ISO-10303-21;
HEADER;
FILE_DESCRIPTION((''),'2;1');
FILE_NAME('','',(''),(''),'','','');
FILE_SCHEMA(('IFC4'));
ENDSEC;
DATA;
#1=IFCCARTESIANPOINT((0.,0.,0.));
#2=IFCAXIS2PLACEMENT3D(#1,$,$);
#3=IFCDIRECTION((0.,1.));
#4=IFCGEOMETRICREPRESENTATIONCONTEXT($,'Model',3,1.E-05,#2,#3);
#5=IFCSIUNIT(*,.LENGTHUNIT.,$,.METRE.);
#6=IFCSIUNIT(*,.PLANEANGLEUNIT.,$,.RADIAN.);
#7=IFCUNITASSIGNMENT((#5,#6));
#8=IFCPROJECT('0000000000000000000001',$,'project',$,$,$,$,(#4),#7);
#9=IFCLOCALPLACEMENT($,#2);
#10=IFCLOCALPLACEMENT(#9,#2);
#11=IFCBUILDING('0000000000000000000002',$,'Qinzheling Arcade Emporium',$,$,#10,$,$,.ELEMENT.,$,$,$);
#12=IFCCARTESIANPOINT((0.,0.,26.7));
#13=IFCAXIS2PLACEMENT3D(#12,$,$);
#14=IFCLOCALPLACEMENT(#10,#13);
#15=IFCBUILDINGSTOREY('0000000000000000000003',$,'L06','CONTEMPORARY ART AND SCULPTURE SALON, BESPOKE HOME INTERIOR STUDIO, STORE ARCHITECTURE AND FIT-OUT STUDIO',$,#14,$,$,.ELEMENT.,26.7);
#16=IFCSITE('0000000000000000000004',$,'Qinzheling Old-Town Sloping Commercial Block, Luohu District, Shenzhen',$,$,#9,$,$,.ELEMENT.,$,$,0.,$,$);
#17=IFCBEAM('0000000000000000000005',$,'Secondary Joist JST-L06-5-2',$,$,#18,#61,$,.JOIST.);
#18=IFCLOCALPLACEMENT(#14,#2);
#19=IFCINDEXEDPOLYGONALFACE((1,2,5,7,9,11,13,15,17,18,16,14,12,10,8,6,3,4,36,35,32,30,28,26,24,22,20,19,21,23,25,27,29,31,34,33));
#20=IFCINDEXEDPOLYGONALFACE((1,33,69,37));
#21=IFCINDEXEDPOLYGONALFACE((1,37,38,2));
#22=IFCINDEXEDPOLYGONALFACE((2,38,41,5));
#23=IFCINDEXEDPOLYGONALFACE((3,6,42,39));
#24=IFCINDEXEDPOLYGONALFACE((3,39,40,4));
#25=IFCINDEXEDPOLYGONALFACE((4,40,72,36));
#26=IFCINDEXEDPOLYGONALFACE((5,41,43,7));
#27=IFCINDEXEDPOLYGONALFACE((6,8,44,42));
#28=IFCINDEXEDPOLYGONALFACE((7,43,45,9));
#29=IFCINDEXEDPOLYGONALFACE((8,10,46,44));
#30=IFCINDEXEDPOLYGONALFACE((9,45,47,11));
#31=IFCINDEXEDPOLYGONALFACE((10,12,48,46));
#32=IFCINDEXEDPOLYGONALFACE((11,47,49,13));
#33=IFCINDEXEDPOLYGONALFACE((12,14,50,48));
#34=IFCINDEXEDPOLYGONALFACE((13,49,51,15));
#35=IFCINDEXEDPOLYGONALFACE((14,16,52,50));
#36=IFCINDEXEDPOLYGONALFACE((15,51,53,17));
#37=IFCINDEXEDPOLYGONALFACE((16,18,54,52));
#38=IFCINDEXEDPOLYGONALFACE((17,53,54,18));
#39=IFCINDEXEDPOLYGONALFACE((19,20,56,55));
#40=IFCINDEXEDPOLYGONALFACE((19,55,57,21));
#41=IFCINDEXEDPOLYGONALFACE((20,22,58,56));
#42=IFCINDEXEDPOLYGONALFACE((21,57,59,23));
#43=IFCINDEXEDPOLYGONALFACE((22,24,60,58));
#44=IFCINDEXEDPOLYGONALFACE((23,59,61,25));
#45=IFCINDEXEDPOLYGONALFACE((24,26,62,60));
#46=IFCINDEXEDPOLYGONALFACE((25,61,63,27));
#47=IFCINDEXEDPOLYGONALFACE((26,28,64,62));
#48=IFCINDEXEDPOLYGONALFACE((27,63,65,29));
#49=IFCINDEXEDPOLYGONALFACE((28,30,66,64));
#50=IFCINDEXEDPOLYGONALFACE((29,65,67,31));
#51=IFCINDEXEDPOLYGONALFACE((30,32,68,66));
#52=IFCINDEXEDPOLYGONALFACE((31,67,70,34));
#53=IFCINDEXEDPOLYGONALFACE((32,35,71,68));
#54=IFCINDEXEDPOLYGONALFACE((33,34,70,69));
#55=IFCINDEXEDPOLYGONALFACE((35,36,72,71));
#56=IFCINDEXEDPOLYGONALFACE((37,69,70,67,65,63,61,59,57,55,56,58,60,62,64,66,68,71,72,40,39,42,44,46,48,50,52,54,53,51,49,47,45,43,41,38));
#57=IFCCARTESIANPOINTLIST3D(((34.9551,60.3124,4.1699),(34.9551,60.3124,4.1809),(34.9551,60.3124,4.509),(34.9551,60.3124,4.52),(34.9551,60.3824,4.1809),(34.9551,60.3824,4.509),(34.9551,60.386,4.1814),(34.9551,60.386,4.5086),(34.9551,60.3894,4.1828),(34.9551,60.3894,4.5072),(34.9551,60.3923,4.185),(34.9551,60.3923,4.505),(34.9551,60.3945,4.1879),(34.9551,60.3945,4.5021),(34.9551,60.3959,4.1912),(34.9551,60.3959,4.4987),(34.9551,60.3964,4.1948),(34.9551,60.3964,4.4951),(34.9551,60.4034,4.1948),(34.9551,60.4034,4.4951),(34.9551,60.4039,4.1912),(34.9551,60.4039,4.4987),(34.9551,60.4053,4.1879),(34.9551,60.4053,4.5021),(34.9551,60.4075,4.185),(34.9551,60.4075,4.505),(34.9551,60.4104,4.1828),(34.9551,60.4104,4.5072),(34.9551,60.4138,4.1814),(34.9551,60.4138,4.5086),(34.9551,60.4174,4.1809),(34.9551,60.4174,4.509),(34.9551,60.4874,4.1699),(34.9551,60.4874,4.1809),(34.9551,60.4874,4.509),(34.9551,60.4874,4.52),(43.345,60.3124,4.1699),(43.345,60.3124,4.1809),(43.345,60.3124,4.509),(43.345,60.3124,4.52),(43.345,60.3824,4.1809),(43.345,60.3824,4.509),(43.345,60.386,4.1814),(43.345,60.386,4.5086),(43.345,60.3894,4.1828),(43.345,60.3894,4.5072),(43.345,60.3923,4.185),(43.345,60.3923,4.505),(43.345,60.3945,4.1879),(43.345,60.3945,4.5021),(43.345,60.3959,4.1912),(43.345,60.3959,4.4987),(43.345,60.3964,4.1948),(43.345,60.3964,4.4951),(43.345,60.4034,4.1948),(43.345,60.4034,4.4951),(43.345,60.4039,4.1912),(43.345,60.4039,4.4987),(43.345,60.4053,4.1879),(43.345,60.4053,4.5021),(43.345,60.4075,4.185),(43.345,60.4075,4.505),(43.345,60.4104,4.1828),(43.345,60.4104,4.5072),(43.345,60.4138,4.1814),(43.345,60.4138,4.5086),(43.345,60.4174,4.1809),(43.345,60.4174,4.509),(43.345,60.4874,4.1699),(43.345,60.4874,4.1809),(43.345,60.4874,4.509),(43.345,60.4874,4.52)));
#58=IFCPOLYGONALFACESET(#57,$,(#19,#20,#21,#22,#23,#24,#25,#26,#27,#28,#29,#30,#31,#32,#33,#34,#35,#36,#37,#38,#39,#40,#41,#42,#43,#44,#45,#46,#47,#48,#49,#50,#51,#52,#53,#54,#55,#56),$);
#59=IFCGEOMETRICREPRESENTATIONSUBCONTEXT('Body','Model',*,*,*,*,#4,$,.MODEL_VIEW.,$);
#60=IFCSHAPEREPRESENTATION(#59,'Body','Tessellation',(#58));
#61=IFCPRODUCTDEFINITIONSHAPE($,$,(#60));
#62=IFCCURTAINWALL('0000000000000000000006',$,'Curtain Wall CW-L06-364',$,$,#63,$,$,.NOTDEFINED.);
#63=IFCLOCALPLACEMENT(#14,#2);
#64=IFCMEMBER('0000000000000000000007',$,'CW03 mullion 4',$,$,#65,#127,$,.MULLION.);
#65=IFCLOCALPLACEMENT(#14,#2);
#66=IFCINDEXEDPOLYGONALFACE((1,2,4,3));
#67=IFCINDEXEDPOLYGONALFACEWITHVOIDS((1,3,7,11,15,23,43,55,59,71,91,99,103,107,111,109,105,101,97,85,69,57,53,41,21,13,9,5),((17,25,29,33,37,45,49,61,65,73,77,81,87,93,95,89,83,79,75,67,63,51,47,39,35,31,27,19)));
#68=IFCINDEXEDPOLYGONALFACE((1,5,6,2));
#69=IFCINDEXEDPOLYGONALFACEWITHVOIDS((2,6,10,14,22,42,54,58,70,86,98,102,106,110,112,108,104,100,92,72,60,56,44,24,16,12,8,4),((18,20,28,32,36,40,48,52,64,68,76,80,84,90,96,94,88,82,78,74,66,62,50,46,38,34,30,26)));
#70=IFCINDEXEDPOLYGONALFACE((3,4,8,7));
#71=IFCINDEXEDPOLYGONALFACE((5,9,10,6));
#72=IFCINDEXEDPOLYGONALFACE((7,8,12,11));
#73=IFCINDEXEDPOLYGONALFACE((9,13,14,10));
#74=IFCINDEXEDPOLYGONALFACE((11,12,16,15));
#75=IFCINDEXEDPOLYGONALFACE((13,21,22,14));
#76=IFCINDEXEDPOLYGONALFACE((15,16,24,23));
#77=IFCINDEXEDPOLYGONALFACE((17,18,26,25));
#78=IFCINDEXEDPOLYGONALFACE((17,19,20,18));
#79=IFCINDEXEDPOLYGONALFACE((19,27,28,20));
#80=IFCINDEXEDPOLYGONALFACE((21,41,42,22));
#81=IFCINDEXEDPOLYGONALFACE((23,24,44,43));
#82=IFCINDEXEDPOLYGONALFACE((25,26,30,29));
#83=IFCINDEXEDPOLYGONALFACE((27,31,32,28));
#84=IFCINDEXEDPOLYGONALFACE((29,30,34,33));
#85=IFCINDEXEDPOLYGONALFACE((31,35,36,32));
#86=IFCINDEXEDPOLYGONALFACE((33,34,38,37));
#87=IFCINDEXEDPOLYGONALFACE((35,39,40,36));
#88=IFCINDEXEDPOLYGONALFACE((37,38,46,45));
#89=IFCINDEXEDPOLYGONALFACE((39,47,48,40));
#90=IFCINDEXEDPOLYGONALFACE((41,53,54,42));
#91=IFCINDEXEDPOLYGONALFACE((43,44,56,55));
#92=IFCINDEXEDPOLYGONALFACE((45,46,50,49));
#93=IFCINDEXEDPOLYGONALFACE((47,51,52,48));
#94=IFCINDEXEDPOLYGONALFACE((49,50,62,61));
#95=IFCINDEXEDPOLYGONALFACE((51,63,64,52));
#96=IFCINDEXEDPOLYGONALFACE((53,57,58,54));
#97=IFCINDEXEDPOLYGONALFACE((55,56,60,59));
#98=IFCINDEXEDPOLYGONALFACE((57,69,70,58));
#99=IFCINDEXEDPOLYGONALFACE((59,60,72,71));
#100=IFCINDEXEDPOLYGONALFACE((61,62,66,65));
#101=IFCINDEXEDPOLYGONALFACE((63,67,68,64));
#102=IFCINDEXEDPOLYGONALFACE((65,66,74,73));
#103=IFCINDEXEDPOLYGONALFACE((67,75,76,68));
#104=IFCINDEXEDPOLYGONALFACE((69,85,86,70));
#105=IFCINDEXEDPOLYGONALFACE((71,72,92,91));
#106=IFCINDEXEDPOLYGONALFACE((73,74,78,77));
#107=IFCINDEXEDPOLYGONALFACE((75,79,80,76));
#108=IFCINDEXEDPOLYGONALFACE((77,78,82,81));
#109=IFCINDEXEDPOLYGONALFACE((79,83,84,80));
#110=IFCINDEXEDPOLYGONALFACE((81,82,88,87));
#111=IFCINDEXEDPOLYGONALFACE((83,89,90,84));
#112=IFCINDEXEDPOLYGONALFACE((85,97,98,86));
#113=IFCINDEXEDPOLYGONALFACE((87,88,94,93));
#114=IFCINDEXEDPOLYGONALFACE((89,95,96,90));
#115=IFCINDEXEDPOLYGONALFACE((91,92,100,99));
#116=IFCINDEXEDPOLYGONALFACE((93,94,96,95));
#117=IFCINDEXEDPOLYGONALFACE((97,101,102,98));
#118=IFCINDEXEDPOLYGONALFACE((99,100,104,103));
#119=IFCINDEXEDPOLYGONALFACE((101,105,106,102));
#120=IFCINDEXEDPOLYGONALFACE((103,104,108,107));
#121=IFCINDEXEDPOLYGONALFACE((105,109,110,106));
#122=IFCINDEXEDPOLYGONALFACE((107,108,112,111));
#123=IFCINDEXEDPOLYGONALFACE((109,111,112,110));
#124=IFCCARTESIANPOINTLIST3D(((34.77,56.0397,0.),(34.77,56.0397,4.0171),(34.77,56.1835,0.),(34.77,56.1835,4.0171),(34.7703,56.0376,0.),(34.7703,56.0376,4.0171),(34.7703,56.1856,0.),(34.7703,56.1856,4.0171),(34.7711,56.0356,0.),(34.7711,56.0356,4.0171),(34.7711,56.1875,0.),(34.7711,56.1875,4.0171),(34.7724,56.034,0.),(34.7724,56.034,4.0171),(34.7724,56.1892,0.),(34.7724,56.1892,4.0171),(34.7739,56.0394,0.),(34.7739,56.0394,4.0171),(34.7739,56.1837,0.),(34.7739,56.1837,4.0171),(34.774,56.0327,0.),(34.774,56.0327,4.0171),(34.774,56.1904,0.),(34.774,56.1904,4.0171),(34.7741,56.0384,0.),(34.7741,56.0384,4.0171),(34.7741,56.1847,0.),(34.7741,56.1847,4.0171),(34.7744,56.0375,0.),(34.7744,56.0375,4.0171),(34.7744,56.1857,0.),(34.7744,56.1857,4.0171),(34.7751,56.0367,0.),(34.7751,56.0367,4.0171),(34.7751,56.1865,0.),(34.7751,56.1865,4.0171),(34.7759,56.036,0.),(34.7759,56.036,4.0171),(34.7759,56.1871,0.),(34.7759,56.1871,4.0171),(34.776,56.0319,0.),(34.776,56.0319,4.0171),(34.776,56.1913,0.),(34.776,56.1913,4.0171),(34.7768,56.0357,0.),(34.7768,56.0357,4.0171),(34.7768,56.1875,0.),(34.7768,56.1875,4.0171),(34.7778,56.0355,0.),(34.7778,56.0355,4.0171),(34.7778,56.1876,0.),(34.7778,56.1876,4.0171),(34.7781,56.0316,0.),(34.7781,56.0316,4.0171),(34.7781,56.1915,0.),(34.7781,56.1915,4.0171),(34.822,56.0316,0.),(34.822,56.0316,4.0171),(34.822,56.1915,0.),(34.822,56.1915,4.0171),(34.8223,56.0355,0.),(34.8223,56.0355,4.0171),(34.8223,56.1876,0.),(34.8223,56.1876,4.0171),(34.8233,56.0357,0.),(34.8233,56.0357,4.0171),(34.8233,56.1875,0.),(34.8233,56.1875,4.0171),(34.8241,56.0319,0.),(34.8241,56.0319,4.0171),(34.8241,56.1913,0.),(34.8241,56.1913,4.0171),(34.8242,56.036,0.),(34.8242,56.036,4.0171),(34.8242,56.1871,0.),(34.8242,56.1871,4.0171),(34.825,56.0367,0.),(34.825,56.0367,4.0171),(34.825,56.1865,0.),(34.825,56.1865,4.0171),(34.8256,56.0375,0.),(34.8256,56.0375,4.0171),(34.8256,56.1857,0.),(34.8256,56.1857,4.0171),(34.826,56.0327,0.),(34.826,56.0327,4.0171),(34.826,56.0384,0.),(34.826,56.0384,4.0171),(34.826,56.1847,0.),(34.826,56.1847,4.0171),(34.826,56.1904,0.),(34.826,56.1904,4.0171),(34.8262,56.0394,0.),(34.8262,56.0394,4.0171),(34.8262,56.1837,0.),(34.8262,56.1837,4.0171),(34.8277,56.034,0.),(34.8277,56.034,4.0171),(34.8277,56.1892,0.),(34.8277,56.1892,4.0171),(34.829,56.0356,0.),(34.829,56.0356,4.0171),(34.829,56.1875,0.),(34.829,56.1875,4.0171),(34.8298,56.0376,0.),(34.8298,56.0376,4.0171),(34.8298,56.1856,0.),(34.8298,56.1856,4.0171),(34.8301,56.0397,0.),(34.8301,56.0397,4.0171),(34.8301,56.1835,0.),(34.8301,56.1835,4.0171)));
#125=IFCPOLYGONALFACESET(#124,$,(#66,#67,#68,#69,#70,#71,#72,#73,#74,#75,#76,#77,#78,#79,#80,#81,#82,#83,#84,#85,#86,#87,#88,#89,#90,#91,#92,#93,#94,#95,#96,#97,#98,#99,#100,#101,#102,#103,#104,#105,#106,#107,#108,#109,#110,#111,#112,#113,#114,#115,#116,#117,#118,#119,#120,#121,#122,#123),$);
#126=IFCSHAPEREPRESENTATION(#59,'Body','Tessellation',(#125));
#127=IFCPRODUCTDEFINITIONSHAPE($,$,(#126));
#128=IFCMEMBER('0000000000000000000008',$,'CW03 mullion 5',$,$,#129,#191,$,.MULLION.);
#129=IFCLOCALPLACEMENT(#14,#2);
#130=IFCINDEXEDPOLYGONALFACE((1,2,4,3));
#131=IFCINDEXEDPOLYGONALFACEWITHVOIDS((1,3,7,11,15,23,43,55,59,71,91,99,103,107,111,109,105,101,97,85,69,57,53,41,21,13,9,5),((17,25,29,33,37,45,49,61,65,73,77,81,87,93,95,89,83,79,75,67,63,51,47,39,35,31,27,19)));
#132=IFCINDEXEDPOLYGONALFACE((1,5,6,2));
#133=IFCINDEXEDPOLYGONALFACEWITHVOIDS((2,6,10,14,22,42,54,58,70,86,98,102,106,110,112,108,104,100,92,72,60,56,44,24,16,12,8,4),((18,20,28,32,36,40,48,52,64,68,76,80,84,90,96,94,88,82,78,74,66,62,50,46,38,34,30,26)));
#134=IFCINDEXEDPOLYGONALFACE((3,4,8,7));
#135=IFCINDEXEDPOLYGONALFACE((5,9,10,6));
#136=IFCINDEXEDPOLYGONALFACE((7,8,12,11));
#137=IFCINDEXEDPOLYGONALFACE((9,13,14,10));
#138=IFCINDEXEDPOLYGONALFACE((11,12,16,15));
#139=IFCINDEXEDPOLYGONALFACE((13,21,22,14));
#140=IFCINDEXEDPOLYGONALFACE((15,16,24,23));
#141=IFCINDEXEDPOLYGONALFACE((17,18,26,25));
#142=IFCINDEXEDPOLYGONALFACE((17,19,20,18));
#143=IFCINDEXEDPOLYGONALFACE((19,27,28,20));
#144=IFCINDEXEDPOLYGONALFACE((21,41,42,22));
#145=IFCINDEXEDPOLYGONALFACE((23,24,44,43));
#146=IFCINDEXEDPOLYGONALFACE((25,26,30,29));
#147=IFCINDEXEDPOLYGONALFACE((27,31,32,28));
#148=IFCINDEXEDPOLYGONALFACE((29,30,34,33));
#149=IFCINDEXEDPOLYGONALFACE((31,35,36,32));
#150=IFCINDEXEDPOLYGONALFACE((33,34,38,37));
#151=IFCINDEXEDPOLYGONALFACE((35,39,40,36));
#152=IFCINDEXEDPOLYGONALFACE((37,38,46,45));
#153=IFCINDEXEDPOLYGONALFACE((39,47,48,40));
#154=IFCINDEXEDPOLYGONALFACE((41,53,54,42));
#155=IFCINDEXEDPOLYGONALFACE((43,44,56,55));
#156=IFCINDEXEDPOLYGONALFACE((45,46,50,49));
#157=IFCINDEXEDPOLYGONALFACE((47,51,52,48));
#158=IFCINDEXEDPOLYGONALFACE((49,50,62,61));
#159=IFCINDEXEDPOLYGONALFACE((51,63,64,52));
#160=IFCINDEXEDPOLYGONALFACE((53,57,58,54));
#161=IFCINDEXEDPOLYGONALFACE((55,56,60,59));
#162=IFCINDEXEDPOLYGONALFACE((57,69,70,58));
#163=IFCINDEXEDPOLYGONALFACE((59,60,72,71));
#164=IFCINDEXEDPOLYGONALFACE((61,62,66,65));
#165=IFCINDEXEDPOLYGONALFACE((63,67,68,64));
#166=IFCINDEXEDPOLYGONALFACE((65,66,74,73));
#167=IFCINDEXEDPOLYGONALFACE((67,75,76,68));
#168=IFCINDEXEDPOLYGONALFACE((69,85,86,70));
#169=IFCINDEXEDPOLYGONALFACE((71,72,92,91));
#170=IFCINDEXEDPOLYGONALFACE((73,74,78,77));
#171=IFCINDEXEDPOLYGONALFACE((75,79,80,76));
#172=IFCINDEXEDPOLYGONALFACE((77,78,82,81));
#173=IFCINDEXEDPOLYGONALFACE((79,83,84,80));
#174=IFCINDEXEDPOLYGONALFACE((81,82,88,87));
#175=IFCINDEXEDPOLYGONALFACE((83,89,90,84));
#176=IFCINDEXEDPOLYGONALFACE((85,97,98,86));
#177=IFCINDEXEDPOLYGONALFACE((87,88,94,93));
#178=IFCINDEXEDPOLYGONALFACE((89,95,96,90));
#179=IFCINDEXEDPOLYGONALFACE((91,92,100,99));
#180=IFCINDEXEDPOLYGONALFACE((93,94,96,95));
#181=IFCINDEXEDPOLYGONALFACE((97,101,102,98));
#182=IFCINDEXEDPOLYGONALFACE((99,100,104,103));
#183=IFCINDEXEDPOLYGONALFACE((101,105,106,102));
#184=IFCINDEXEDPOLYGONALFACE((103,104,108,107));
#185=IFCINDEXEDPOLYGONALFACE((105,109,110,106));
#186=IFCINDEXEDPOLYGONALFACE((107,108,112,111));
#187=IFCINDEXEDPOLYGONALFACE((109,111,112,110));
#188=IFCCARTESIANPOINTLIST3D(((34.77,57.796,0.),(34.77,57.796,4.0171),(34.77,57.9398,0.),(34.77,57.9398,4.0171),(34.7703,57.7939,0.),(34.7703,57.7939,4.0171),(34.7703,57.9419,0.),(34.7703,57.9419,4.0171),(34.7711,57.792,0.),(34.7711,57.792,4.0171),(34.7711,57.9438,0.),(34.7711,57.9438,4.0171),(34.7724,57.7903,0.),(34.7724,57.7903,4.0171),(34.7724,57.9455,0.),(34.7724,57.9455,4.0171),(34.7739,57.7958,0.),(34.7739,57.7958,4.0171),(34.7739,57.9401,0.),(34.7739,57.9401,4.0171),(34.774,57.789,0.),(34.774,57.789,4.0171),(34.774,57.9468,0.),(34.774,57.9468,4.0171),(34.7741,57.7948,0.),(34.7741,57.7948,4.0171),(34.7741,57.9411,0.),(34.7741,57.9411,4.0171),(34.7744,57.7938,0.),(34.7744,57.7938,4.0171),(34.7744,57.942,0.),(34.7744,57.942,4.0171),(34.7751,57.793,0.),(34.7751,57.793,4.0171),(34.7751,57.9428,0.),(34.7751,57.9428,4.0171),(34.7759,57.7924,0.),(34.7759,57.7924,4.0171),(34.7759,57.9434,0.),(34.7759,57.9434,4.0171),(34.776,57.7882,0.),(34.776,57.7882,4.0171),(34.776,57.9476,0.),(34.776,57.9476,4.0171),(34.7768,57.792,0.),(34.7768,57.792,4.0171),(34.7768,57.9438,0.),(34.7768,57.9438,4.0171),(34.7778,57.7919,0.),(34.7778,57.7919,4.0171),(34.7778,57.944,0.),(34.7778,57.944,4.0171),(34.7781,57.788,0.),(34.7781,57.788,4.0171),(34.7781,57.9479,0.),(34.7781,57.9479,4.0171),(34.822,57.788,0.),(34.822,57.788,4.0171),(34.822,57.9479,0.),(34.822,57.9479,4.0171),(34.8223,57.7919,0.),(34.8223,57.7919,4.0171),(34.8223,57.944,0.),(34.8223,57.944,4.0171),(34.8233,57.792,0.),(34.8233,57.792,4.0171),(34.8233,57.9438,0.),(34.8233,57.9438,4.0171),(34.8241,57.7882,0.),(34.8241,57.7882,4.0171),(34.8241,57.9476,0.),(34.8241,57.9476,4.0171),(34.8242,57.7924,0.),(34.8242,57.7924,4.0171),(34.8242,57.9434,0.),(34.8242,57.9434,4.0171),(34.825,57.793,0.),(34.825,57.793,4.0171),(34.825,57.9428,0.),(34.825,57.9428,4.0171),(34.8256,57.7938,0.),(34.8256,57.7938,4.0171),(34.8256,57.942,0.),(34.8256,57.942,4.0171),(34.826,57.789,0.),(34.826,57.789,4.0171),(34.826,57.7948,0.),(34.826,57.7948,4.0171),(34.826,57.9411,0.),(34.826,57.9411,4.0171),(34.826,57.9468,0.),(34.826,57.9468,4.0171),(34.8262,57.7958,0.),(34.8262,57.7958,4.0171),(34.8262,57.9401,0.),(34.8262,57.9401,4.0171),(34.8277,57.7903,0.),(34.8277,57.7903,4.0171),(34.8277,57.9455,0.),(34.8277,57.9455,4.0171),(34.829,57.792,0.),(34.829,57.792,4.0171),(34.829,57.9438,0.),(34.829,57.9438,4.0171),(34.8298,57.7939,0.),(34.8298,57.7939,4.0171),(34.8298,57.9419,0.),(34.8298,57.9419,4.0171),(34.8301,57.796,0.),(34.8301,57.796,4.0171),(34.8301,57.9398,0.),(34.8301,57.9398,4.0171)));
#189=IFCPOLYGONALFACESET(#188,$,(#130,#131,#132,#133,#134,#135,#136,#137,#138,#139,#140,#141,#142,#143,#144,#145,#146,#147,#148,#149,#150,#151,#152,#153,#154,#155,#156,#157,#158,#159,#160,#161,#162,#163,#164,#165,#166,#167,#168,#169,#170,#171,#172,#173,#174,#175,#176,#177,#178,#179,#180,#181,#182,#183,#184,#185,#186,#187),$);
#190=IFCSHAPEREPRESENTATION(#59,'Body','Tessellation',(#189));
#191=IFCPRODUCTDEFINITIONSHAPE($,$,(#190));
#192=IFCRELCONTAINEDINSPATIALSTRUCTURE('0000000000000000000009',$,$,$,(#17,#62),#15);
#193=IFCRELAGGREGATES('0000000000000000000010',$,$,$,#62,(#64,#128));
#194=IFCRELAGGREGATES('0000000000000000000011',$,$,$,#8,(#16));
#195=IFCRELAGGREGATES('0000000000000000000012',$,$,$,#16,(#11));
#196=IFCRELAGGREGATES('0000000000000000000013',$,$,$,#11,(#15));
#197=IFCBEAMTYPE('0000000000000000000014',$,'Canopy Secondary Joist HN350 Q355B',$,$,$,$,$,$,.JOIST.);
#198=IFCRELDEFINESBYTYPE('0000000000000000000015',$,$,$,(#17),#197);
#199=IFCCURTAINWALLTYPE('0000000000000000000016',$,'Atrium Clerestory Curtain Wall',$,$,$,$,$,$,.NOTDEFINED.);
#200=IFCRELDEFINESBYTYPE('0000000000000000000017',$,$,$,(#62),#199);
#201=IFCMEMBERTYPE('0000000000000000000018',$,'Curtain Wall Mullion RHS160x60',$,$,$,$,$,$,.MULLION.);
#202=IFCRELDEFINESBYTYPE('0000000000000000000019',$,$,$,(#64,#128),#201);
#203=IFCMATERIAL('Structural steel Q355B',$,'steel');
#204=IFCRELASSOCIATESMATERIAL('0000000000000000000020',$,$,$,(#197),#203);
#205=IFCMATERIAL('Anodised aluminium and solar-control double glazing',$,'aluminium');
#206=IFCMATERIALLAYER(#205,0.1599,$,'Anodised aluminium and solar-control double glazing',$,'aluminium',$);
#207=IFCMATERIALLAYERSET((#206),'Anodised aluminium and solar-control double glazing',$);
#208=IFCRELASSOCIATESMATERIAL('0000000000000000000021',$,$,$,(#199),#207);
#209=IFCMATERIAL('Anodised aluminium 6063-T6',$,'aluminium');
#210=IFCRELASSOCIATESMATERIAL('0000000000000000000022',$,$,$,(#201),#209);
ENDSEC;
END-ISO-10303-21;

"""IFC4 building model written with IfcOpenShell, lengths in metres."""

from ifc_helpers import new_model, si_unit, direction, frame, origin, origin_2d, place, context, subcontext, project, spatial, hollow_rectangle, i_section, extrude, material, layer, layer_set, material_profile, profile_set, type_object, element, aggregate, save


model = new_model("IFC4")

# Units and contexts
model_context = context("Model", 3, precision=1e-05, world=origin(), true_north=direction((0.0, 1.0)))
body_context = subcontext(model_context, "Body", "Model", "MODEL_VIEW")
ifc_project = project(units=[si_unit("LENGTHUNIT", "METRE"), si_unit("PLANEANGLEUNIT", "RADIAN")], contexts=[model_context])

# Site, building, storey
site_placement = place(None, origin())
site = spatial("IfcSite", under=ifc_project, at=site_placement, Name="Qinzheling Old-Town Sloping Commercial Block, Luohu District, Shenzhen", CompositionType="ELEMENT", RefElevation=0.0)
building_placement = place(site_placement, origin())
building = spatial("IfcBuilding", under=site, at=building_placement, Name="Qinzheling Arcade Emporium", CompositionType="ELEMENT")
storey_placement = place(building_placement, frame((0.0, 0.0, 26.7)))
storey = spatial("IfcBuildingStorey", under=building, at=storey_placement, Name="L06", Description="CONTEMPORARY ART AND SCULPTURE SALON, BESPOKE HOME INTERIOR STUDIO, STORE ARCHITECTURE AND FIT-OUT STUDIO", CompositionType="ELEMENT", Elevation=26.7)

# Beam
ifc_material_1 = material(Name="Structural steel Q355B", Category="steel")
ifc_material_profile_1 = material_profile(ifc_material_1, i_section(OverallWidth=0.175, OverallDepth=0.3501, WebThickness=0.0071, FlangeThickness=0.011, FilletRadius=0.0139, at=origin_2d()), Name="HN 350x175x7x11", Category="steel")
ifc_profile_set_1 = profile_set([ifc_material_profile_1], Name="Structural steel Q355B")
beam_type_1 = type_object("IfcBeamType", Name="Canopy Secondary Joist HN350 Q355B", PredefinedType="JOIST", material=ifc_profile_set_1)
beam_1_placement = place(storey_placement, frame((34.9551, 60.3999, 4.345), z_axis=(1.0, 0.0, 0.0), x_axis=(0.0, 1.0, 0.0)))
element("IfcBeam", 1, at=beam_1_placement, inside=storey, type_object=beam_type_1, Name="Secondary Joist JST-L06-5-2", PredefinedType="JOIST", context=body_context, shape_type="SweptSolid", body=[
    extrude(i_section(OverallWidth=0.175, OverallDepth=0.3501, WebThickness=0.0071, FlangeThickness=0.011, FilletRadius=0.0139, at=origin_2d()), origin(), (0.0, 0.0, 1.0), 8.3899),
])

# Curtain wall, members
ifc_material_2 = material(Name="Anodised aluminium and solar-control double glazing", Category="aluminium")
ifc_layer_1 = layer(ifc_material_2, 0.1599, Name="Anodised aluminium and solar-control double glazing", Category="aluminium")
ifc_layer_set_1 = layer_set([ifc_layer_1], Name="Anodised aluminium and solar-control double glazing")
curtain_wall_type = type_object("IfcCurtainWallType", Name="Atrium Clerestory Curtain Wall", PredefinedType="NOTDEFINED", material=ifc_layer_set_1)
curtain_wall_1_placement = place(storey_placement, origin())
curtain_wall_1 = element("IfcCurtainWall", 2, at=curtain_wall_1_placement, inside=storey, type_object=curtain_wall_type, Name="Curtain Wall CW-L06-364", PredefinedType="NOTDEFINED")
ifc_material_3 = material(Name="Anodised aluminium 6063-T6", Category="aluminium")
ifc_material_profile_2 = material_profile(ifc_material_3, hollow_rectangle(XDim=0.0601, YDim=0.1599, WallThickness=0.0039, InnerFilletRadius=0.0039, OuterFilletRadius=0.0081, at=origin_2d()), Name="RHS 160x60x4", Category="aluminium")
ifc_profile_set_2 = profile_set([ifc_material_profile_2], Name="Anodised aluminium 6063-T6")
member_type_1 = type_object("IfcMemberType", Name="Curtain Wall Mullion RHS160x60", PredefinedType="MULLION", material=ifc_profile_set_2)
member_1_placement = place(storey_placement, frame((34.8, 56.1116, 0.0), z_axis=(0.0, 0.0, 1.0), x_axis=(-1.0, 0.0, 0.0)))
member_1 = element("IfcMember", 3, at=member_1_placement, type_object=member_type_1, Name="CW03 mullion 4", PredefinedType="MULLION", context=body_context, shape_type="SweptSolid", body=[
    extrude(hollow_rectangle(XDim=0.0601, YDim=0.1599, WallThickness=0.0039, InnerFilletRadius=0.0039, OuterFilletRadius=0.0081, at=origin_2d()), origin(), (0.0, 0.0, 1.0), 4.0171),
])
member_2_placement = place(storey_placement, frame((34.8, 57.8679, 0.0), z_axis=(0.0, 0.0, 1.0), x_axis=(-1.0, 0.0, 0.0)))
member_2 = element("IfcMember", 4, at=member_2_placement, type_object=member_type_1, Name="CW03 mullion 5", PredefinedType="MULLION", context=body_context, shape_type="SweptSolid", body=[
    extrude(hollow_rectangle(XDim=0.0601, YDim=0.1599, WallThickness=0.0039, InnerFilletRadius=0.0039, OuterFilletRadius=0.0081, at=origin_2d()), origin(), (0.0, 0.0, 1.0), 4.0171),
])

aggregate(curtain_wall_1, [member_1, member_2])

save(model, "model.ifc")
